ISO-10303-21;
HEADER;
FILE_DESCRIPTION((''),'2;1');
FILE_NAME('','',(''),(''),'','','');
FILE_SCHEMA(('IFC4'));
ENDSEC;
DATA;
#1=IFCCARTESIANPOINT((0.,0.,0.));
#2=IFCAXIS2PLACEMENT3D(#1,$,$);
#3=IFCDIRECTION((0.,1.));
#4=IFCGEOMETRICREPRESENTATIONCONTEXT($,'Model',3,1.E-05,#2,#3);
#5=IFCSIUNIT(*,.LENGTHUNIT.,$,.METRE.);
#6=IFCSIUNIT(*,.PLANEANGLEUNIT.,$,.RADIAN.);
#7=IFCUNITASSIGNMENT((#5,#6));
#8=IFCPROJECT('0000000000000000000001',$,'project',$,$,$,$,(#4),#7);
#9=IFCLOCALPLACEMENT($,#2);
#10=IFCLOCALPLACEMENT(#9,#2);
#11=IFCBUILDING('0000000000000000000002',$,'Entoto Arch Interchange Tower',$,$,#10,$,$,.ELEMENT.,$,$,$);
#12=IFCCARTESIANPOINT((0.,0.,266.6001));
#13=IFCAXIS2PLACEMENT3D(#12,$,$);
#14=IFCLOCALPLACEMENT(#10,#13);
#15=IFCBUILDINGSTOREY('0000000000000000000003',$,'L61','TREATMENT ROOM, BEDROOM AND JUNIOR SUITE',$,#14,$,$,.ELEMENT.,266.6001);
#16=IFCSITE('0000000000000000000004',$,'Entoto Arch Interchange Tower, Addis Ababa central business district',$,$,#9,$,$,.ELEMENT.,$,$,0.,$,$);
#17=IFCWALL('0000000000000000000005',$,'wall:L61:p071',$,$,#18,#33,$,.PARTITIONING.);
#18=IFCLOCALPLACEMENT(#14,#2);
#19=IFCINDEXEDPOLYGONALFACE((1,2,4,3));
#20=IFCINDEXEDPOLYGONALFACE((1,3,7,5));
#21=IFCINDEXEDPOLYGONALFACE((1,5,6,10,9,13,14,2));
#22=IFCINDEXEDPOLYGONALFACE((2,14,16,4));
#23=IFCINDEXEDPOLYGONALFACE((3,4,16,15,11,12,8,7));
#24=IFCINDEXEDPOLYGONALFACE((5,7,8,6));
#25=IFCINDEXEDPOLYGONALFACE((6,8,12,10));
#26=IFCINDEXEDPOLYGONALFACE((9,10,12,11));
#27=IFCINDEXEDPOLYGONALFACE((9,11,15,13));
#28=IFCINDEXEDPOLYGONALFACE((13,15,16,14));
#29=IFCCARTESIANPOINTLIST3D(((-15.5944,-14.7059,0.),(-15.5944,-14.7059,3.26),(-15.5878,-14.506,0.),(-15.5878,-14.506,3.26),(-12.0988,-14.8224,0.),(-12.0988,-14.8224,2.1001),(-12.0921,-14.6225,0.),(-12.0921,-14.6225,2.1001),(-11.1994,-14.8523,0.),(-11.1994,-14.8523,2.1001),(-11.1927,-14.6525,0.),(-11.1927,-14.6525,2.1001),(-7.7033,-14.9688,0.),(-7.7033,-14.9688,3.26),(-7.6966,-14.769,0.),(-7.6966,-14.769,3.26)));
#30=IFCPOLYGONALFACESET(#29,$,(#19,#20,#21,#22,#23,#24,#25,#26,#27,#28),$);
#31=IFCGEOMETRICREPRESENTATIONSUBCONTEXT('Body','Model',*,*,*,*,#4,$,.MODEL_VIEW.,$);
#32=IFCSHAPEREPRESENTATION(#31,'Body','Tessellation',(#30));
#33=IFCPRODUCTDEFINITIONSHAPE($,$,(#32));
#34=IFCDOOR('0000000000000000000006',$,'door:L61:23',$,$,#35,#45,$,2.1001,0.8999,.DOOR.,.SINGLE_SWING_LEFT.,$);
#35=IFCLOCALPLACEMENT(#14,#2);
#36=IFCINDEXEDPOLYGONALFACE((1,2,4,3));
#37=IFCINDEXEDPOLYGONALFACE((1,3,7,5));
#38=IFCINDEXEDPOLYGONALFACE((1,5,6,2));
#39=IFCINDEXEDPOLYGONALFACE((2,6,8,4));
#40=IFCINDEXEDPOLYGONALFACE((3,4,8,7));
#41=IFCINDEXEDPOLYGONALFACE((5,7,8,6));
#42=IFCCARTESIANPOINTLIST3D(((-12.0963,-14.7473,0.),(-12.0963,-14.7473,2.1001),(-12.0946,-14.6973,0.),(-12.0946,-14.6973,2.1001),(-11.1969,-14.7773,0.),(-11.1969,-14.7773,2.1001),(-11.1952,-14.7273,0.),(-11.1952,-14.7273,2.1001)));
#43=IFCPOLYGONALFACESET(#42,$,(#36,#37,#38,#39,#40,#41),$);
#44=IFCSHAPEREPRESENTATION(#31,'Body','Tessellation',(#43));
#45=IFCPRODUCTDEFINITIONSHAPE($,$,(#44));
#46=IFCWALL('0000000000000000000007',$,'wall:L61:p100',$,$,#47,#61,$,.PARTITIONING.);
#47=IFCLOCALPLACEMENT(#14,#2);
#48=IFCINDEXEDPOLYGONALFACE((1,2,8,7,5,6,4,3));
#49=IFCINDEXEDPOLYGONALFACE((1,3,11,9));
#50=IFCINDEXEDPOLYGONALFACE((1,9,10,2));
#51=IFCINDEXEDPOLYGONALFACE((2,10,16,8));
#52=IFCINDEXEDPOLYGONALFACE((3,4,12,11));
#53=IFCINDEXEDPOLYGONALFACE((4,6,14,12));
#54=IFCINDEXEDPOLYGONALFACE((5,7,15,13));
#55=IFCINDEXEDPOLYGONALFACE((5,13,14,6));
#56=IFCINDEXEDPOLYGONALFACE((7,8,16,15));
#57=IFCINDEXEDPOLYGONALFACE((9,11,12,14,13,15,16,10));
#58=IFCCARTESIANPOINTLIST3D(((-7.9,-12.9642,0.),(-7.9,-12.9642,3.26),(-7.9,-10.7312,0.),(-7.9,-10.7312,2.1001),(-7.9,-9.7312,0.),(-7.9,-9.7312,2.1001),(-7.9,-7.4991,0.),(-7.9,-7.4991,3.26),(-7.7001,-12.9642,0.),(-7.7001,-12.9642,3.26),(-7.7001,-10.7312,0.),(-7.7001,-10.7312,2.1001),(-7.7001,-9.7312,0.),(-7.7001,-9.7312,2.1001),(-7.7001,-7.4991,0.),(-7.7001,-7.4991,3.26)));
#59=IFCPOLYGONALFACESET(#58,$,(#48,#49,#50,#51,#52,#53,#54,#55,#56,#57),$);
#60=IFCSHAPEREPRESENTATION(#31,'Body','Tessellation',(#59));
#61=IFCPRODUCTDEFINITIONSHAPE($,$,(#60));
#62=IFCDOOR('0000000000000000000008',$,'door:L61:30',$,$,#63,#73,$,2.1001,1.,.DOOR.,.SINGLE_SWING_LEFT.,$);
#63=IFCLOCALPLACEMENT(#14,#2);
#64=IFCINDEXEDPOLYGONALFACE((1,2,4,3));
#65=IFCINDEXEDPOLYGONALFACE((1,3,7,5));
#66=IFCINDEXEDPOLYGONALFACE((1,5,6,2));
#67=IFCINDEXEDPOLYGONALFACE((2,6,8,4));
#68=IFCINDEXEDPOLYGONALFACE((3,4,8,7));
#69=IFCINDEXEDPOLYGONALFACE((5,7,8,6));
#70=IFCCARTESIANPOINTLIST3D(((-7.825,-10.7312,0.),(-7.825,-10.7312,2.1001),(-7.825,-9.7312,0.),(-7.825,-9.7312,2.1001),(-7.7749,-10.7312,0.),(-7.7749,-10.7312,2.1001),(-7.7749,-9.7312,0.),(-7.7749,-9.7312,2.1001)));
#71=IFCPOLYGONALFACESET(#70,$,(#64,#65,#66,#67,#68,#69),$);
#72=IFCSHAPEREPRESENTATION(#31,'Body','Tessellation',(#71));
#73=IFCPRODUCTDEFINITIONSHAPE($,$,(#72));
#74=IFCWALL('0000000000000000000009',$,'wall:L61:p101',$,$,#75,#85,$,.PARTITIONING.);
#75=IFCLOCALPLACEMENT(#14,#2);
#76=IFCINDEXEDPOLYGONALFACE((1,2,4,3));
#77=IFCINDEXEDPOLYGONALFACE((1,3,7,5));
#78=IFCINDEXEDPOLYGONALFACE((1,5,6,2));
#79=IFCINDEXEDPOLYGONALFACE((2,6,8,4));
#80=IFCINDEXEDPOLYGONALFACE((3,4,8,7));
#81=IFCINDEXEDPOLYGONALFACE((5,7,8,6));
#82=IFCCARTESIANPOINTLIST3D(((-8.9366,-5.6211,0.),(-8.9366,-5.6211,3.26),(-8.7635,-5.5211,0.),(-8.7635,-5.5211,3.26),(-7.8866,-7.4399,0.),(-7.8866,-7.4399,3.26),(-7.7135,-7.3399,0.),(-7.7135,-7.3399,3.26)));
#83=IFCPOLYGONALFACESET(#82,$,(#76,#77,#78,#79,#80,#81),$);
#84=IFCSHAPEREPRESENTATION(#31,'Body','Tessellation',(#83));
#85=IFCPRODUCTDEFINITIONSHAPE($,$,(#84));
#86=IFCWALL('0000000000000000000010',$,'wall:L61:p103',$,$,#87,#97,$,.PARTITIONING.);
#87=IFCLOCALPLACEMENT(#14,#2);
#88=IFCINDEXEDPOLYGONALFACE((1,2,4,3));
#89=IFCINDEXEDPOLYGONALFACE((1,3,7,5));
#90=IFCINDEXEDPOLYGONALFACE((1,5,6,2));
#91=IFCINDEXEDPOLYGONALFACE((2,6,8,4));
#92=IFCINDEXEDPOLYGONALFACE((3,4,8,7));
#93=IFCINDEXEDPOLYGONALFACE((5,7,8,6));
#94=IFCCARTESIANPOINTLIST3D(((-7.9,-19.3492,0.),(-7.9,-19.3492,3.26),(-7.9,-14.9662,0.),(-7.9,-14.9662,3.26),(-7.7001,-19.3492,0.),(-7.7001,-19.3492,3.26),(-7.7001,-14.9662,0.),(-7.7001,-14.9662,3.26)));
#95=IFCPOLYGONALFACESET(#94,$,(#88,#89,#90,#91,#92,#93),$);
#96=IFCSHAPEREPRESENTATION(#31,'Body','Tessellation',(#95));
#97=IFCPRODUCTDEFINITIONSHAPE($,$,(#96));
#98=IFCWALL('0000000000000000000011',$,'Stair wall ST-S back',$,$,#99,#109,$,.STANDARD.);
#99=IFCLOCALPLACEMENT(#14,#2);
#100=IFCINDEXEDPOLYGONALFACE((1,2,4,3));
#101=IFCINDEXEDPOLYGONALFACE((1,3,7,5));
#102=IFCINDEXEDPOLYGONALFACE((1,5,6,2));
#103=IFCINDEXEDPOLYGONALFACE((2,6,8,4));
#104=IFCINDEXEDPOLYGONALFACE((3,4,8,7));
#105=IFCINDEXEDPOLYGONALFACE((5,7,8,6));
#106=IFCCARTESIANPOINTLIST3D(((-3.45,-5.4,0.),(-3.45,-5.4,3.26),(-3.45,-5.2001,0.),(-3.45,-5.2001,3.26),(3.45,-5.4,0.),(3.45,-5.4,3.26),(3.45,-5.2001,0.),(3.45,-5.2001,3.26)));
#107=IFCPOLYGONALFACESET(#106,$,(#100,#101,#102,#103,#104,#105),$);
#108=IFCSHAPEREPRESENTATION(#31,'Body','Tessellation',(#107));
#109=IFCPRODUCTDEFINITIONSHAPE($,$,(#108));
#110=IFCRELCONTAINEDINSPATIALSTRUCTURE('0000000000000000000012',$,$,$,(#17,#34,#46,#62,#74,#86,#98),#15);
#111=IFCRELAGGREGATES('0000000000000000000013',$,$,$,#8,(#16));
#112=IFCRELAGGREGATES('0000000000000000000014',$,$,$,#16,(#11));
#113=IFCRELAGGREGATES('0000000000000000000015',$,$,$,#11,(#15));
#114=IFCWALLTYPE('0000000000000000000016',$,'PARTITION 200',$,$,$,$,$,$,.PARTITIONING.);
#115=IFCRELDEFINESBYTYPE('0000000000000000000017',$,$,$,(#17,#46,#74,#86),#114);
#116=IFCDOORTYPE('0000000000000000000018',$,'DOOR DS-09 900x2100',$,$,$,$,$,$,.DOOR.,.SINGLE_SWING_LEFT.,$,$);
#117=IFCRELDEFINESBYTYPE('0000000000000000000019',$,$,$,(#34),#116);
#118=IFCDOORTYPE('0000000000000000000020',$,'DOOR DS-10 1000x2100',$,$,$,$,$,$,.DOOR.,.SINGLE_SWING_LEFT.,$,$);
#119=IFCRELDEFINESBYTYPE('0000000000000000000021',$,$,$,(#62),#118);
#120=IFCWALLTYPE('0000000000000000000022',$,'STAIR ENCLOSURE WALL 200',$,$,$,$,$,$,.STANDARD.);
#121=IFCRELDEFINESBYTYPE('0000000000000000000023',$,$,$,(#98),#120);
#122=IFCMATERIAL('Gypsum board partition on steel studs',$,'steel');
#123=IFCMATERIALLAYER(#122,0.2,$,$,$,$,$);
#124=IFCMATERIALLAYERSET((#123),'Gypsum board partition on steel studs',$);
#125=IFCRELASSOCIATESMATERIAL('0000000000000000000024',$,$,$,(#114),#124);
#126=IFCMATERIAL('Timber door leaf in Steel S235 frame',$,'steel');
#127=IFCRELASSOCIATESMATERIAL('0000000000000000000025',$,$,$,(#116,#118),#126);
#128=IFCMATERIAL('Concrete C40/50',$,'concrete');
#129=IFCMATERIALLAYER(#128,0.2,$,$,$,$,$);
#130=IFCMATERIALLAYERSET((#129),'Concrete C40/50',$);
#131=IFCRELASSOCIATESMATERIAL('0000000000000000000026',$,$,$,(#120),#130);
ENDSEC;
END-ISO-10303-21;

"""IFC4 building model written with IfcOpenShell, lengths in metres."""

from ifc_helpers import new_model, si_unit, direction, frame, frame_2d, origin, place, context, subcontext, project, spatial, rectangle, extrude, material, layer, layer_set, type_object, element, fill, save


model = new_model("IFC4")

# Units and contexts
model_context = context("Model", 3, precision=1e-05, world=origin(), true_north=direction((0.0, 1.0)))
body_context = subcontext(model_context, "Body", "Model", "MODEL_VIEW")
ifc_project = project(units=[si_unit("LENGTHUNIT", "METRE"), si_unit("PLANEANGLEUNIT", "RADIAN")], contexts=[model_context])

# Site, building, storey
site_placement = place(None, origin())
site = spatial("IfcSite", under=ifc_project, at=site_placement, Name="Entoto Arch Interchange Tower, Addis Ababa central business district", CompositionType="ELEMENT", RefElevation=0.0)
building_placement = place(site_placement, origin())
building = spatial("IfcBuilding", under=site, at=building_placement, Name="Entoto Arch Interchange Tower", CompositionType="ELEMENT")
storey_placement = place(building_placement, frame((0.0, 0.0, 266.6001)))
storey = spatial("IfcBuildingStorey", under=building, at=storey_placement, Name="L61", Description="TREATMENT ROOM, BEDROOM AND JUNIOR SUITE", CompositionType="ELEMENT", Elevation=266.6001)

# Shared definitions
ifc_material_1 = material(Name="Concrete C40/50", Category="concrete")

# Walls, openings, doors
ifc_material_2 = material(Name="Gypsum board partition on steel studs", Category="steel")
ifc_layer_1 = layer(ifc_material_2, 0.2)
ifc_layer_set_1 = layer_set([ifc_layer_1], Name="Gypsum board partition on steel studs")
wall_type_1 = type_object("IfcWallType", Name="PARTITION 200", PredefinedType="PARTITIONING", material=ifc_layer_set_1)
wall_1_placement = place(storey_placement, frame((-7.7, -14.8689, 0.0), z_axis=(0.0, 0.0, 1.0), x_axis=(-0.999445, 0.033302, 0.0)))
wall_1 = element("IfcWall", 1, at=wall_1_placement, inside=storey, type_object=wall_type_1, Name="wall:L61:p071", PredefinedType="PARTITIONING", context=body_context, shape_type="SweptSolid", body=[
    extrude(rectangle(XDim=7.8955, YDim=0.2, at=frame_2d((3.9478, 0.0))), origin(), (0.0, 0.0, 1.0), 3.26),
])
opening_1_placement = place(wall_1_placement, frame((3.498, 0.0, 0.0)))
opening_1 = element("IfcOpeningElement", 2, at=opening_1_placement, cuts=wall_1, PredefinedType="OPENING", context=body_context, shape_type="SweptSolid", body=[
    extrude(rectangle(XDim=0.8999, YDim=2.1001, at=frame_2d((0.45, 1.05))), frame((0.0, 0.1099, 0.0), z_axis=(0.0, -1.0, 0.0), x_axis=(1.0, 0.0, 0.0)), (0.0, 0.0, 1.0), 0.22),
])
ifc_material_3 = material(Name="Timber door leaf in Steel S235 frame", Category="steel")
door_type_1 = type_object("IfcDoorType", Name="DOOR DS-09 900x2100", OperationType="SINGLE_SWING_LEFT", PredefinedType="DOOR", material=ifc_material_3)
door_1_placement = place(opening_1_placement, origin())
door_1 = element("IfcDoor", 3, at=door_1_placement, inside=storey, type_object=door_type_1, Name="door:L61:23", OperationType="SINGLE_SWING_LEFT", OverallHeight=2.1001, OverallWidth=0.8999, PredefinedType="DOOR", context=body_context, shape_type="SweptSolid", body=[
    extrude(rectangle(XDim=0.8999, YDim=2.1001, at=frame_2d((0.45, 1.05))), frame((0.0, 0.0249, 0.0), z_axis=(0.0, -1.0, 0.0), x_axis=(1.0, 0.0, 0.0)), (0.0, 0.0, 1.0), 0.05),
])
fill(opening_1, door_1)
wall_2_placement = place(storey_placement, frame((-7.8, -12.9641, 0.0), z_axis=(0.0, 0.0, 1.0), x_axis=(0.0, 1.0, 0.0)))
wall_2 = element("IfcWall", 4, at=wall_2_placement, inside=storey, type_object=wall_type_1, Name="wall:L61:p100", PredefinedType="PARTITIONING", context=body_context, shape_type="SweptSolid", body=[
    extrude(rectangle(XDim=5.4651, YDim=0.2, at=frame_2d((2.7324, 0.0))), origin(), (0.0, 0.0, 1.0), 3.26),
])
opening_2_placement = place(wall_2_placement, frame((2.2329, 0.0, 0.0)))
opening_2 = element("IfcOpeningElement", 5, at=opening_2_placement, cuts=wall_2, PredefinedType="OPENING", context=body_context, shape_type="SweptSolid", body=[
    extrude(rectangle(XDim=1.0, YDim=2.1001, at=frame_2d((0.5, 1.05))), frame((0.0, 0.1099, 0.0), z_axis=(0.0, -1.0, 0.0), x_axis=(1.0, 0.0, 0.0)), (0.0, 0.0, 1.0), 0.22),
])
door_type_2 = type_object("IfcDoorType", Name="DOOR DS-10 1000x2100", OperationType="SINGLE_SWING_LEFT", PredefinedType="DOOR", material=ifc_material_3)
door_2_placement = place(opening_2_placement, origin())
door_2 = element("IfcDoor", 6, at=door_2_placement, inside=storey, type_object=door_type_2, Name="door:L61:30", OperationType="SINGLE_SWING_LEFT", OverallHeight=2.1001, OverallWidth=1.0, PredefinedType="DOOR", context=body_context, shape_type="SweptSolid", body=[
    extrude(rectangle(XDim=1.0, YDim=2.1001, at=frame_2d((0.5, 1.05))), frame((0.0, 0.0249, 0.0), z_axis=(0.0, -1.0, 0.0), x_axis=(1.0, 0.0, 0.0)), (0.0, 0.0, 1.0), 0.05),
])
fill(opening_2, door_2)

# Walls
wall_3_placement = place(storey_placement, frame((-7.8, -7.3899, 0.0), z_axis=(0.0, 0.0, 1.0), x_axis=(-0.499977, 0.866038, 0.0)))
element("IfcWall", 7, at=wall_3_placement, inside=storey, type_object=wall_type_1, Name="wall:L61:p101", PredefinedType="PARTITIONING", context=body_context, shape_type="SweptSolid", body=[
    extrude(rectangle(XDim=2.1001, YDim=0.2, at=frame_2d((1.05, 0.0))), origin(), (0.0, 0.0, 1.0), 3.26),
])
wall_4_placement = place(storey_placement, frame((-7.8, -19.3491, 0.0), z_axis=(0.0, 0.0, 1.0), x_axis=(0.0, 1.0, 0.0)))
element("IfcWall", 8, at=wall_4_placement, inside=storey, type_object=wall_type_1, Name="wall:L61:p103", PredefinedType="PARTITIONING", context=body_context, shape_type="SweptSolid", body=[
    extrude(rectangle(XDim=4.3831, YDim=0.2, at=frame_2d((2.1914, 0.0))), origin(), (0.0, 0.0, 1.0), 3.26),
])
ifc_layer_2 = layer(ifc_material_1, 0.2)
ifc_layer_set_2 = layer_set([ifc_layer_2], Name="Concrete C40/50")
wall_type_2 = type_object("IfcWallType", Name="STAIR ENCLOSURE WALL 200", PredefinedType="STANDARD", material=ifc_layer_set_2)
wall_5_placement = place(storey_placement, frame((-3.45, -5.3, 0.0), z_axis=(0.0, 0.0, 1.0), x_axis=(1.0, 0.0, 0.0)))
element("IfcWall", 9, at=wall_5_placement, inside=storey, type_object=wall_type_2, Name="Stair wall ST-S back", PredefinedType="STANDARD", context=body_context, shape_type="SweptSolid", body=[
    extrude(rectangle(XDim=6.8999, YDim=0.2, at=frame_2d((3.45, 0.0))), origin(), (0.0, 0.0, 1.0), 3.26),
])

save(model, "model.ifc")
